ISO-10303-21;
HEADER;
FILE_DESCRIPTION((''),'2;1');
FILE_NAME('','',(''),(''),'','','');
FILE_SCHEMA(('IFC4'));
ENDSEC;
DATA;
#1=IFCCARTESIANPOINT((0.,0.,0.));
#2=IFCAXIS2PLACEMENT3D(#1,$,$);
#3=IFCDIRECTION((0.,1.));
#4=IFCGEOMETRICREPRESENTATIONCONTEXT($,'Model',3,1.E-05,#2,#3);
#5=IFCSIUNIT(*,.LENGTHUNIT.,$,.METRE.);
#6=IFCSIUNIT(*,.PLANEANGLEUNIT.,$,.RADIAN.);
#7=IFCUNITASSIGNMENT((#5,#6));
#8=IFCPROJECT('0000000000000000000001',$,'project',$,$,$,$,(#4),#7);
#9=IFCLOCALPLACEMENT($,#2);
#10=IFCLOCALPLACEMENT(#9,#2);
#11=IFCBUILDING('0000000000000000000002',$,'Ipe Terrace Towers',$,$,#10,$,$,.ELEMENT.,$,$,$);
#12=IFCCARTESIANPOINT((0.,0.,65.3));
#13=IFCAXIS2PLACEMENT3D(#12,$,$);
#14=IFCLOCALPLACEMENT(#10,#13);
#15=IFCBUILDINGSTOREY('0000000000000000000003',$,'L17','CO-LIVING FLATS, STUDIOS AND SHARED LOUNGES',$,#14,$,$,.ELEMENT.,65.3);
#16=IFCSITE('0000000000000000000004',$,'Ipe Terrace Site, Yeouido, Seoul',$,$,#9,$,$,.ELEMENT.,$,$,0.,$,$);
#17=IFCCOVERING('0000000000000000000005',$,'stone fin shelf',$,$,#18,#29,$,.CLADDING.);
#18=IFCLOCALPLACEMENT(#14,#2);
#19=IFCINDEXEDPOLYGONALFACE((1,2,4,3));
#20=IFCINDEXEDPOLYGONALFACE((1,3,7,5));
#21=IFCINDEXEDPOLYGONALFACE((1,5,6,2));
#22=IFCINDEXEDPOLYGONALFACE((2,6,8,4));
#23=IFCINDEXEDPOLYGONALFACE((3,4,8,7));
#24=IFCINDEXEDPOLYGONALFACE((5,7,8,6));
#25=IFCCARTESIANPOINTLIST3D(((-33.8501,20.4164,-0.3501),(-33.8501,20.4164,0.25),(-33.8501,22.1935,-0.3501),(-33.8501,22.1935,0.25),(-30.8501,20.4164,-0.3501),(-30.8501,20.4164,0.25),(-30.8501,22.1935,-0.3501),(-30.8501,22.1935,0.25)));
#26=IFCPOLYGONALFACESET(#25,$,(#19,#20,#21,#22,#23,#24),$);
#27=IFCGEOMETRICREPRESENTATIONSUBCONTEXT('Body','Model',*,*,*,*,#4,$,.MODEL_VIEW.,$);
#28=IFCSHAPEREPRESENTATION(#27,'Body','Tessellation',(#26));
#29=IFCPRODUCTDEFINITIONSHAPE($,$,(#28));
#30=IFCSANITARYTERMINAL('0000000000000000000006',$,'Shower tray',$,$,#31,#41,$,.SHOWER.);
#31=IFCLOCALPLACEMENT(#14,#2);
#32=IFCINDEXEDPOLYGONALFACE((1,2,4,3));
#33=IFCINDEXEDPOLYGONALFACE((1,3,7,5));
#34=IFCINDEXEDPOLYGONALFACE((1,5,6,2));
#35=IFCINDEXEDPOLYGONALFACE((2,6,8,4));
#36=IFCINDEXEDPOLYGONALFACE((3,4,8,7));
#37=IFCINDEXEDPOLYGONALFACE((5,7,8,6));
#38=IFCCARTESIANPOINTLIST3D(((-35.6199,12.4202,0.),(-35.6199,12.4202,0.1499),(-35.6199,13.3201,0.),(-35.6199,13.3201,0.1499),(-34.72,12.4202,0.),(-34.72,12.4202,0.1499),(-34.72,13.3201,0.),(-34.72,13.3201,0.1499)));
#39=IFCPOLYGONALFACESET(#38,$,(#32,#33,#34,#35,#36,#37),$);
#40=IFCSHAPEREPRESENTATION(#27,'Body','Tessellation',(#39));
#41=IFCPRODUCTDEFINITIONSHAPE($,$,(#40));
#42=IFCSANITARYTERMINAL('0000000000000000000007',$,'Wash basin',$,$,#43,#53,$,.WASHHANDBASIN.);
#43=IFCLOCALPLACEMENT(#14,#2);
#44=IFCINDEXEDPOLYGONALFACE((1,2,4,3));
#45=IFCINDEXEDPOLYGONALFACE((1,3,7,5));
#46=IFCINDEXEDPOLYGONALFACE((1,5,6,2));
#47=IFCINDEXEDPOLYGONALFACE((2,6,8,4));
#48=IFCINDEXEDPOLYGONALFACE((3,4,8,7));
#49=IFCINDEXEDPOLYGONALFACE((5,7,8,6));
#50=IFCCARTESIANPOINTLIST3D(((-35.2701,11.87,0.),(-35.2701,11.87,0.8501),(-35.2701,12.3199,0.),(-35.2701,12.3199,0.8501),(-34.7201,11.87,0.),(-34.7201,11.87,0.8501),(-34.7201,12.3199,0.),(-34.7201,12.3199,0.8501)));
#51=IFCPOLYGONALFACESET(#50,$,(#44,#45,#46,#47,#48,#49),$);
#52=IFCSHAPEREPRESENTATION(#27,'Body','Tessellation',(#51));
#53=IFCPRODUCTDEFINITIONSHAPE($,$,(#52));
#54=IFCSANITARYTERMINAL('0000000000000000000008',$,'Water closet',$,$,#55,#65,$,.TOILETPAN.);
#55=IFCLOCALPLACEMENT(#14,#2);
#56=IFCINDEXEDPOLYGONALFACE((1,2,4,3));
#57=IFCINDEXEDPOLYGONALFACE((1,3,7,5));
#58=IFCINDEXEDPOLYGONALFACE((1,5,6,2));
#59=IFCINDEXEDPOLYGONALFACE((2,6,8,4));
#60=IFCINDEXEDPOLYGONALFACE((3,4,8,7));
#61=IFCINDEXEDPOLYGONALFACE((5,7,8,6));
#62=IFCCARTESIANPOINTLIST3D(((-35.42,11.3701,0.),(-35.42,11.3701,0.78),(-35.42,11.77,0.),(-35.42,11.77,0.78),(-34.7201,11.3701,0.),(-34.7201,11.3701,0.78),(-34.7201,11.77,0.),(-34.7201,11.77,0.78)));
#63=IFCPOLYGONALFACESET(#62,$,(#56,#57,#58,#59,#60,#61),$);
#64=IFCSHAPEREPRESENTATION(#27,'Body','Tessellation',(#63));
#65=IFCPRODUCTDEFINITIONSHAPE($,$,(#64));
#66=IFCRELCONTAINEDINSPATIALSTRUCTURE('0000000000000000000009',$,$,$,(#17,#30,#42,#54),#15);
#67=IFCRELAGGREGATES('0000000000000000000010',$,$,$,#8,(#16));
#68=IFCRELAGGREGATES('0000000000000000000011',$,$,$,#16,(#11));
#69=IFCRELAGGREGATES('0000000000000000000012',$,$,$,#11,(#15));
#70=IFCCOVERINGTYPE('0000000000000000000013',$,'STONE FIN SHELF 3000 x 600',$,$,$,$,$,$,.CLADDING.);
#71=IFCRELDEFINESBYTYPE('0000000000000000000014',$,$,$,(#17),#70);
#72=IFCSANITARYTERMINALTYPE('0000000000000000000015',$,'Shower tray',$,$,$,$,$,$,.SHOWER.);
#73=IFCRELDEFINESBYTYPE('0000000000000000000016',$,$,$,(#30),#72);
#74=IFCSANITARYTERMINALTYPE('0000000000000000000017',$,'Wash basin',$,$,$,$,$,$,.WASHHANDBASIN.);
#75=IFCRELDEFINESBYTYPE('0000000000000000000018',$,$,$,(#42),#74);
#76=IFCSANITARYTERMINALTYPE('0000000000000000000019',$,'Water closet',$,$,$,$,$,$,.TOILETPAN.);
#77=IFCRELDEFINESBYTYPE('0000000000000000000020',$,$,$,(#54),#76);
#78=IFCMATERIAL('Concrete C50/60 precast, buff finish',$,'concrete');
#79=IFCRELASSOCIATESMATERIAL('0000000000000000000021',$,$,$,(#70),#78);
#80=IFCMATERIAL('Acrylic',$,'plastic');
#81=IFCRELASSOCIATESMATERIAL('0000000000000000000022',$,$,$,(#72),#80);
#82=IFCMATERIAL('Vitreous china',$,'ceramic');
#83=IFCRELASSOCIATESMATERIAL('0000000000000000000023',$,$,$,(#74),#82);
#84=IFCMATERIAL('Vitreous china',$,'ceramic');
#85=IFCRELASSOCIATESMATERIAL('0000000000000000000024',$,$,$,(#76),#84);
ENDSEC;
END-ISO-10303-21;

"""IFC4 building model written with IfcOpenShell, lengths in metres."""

from ifc_helpers import new_model, si_unit, direction, frame, origin, origin_2d, place, context, subcontext, project, spatial, rectangle, extrude, material, type_object, element, save


model = new_model("IFC4")

# Units and contexts
model_context = context("Model", 3, precision=1e-05, world=origin(), true_north=direction((0.0, 1.0)))
body_context = subcontext(model_context, "Body", "Model", "MODEL_VIEW")
ifc_project = project(units=[si_unit("LENGTHUNIT", "METRE"), si_unit("PLANEANGLEUNIT", "RADIAN")], contexts=[model_context])

# Site, building, storey
site_placement = place(None, origin())
site = spatial("IfcSite", under=ifc_project, at=site_placement, Name="Ipe Terrace Site, Yeouido, Seoul", CompositionType="ELEMENT", RefElevation=0.0)
building_placement = place(site_placement, origin())
building = spatial("IfcBuilding", under=site, at=building_placement, Name="Ipe Terrace Towers", CompositionType="ELEMENT")
storey_placement = place(building_placement, frame((0.0, 0.0, 65.3)))
storey = spatial("IfcBuildingStorey", under=building, at=storey_placement, Name="L17", Description="CO-LIVING FLATS, STUDIOS AND SHARED LOUNGES", CompositionType="ELEMENT", Elevation=65.3)

# Covering
ifc_material_1 = material(Name="Concrete C50/60 precast, buff finish", Category="concrete")
covering_type_1 = type_object("IfcCoveringType", Name="STONE FIN SHELF 3000 x 600", PredefinedType="CLADDING", material=ifc_material_1)
for number, where, z_axis, x_axis, name in (
    (1, (-32.3501, 21.3049, -0.3501), (0.0, 0.0, 1.0), (-1.0, 0.0, 0.0), "stone fin shelf"),
):
    element("IfcCovering", number, at=place(storey_placement, frame(where, z_axis=z_axis, x_axis=x_axis)), inside=storey, type_object=covering_type_1, Name=name, PredefinedType="CLADDING", context=body_context, shape_type="SweptSolid", body=[
        extrude(rectangle(XDim=3.0, YDim=1.7771, at=origin_2d()), origin(), (0.0, 0.0, 1.0), 0.6001),
    ])

# Sanitary terminals
ifc_material_2 = material(Name="Acrylic", Category="plastic")
sanitary_terminal_type_1 = type_object("IfcSanitaryTerminalType", Name="Shower tray", PredefinedType="SHOWER", material=ifc_material_2)
sanitary_terminal_1_placement = place(storey_placement, frame((-35.1699, 12.8701, 0.0), z_axis=(0.0, 0.0, 1.0), x_axis=(-1.0, 0.0, 0.0)))
element("IfcSanitaryTerminal", 2, at=sanitary_terminal_1_placement, inside=storey, type_object=sanitary_terminal_type_1, Name="Shower tray", PredefinedType="SHOWER", context=body_context, shape_type="SweptSolid", body=[
    extrude(rectangle(XDim=0.8999, YDim=0.8999, at=origin_2d()), origin(), (0.0, 0.0, 1.0), 0.1499),
])
ifc_material_3 = material(Name="Vitreous china", Category="ceramic")
sanitary_terminal_type_2 = type_object("IfcSanitaryTerminalType", Name="Wash basin", PredefinedType="WASHHANDBASIN", material=ifc_material_3)
sanitary_terminal_2_placement = place(storey_placement, frame((-34.9951, 12.095, 0.0), z_axis=(0.0, 0.0, 1.0), x_axis=(-1.0, 0.0, 0.0)))
element("IfcSanitaryTerminal", 3, at=sanitary_terminal_2_placement, inside=storey, type_object=sanitary_terminal_type_2, Name="Wash basin", PredefinedType="WASHHANDBASIN", context=body_context, shape_type="SweptSolid", body=[
    extrude(rectangle(XDim=0.55, YDim=0.45, at=origin_2d()), origin(), (0.0, 0.0, 1.0), 0.8501),
])
ifc_material_4 = material(Name="Vitreous china", Category="ceramic")
sanitary_terminal_type_3 = type_object("IfcSanitaryTerminalType", Name="Water closet", PredefinedType="TOILETPAN", material=ifc_material_4)
sanitary_terminal_3_placement = place(storey_placement, frame((-35.0701, 11.5701, 0.0), z_axis=(0.0, 0.0, 1.0), x_axis=(-1.0, 0.0, 0.0)))
element("IfcSanitaryTerminal", 4, at=sanitary_terminal_3_placement, inside=storey, type_object=sanitary_terminal_type_3, Name="Water closet", PredefinedType="TOILETPAN", context=body_context, shape_type="SweptSolid", body=[
    extrude(rectangle(XDim=0.7, YDim=0.3999, at=origin_2d()), origin(), (0.0, 0.0, 1.0), 0.78),
])

save(model, "model.ifc")
